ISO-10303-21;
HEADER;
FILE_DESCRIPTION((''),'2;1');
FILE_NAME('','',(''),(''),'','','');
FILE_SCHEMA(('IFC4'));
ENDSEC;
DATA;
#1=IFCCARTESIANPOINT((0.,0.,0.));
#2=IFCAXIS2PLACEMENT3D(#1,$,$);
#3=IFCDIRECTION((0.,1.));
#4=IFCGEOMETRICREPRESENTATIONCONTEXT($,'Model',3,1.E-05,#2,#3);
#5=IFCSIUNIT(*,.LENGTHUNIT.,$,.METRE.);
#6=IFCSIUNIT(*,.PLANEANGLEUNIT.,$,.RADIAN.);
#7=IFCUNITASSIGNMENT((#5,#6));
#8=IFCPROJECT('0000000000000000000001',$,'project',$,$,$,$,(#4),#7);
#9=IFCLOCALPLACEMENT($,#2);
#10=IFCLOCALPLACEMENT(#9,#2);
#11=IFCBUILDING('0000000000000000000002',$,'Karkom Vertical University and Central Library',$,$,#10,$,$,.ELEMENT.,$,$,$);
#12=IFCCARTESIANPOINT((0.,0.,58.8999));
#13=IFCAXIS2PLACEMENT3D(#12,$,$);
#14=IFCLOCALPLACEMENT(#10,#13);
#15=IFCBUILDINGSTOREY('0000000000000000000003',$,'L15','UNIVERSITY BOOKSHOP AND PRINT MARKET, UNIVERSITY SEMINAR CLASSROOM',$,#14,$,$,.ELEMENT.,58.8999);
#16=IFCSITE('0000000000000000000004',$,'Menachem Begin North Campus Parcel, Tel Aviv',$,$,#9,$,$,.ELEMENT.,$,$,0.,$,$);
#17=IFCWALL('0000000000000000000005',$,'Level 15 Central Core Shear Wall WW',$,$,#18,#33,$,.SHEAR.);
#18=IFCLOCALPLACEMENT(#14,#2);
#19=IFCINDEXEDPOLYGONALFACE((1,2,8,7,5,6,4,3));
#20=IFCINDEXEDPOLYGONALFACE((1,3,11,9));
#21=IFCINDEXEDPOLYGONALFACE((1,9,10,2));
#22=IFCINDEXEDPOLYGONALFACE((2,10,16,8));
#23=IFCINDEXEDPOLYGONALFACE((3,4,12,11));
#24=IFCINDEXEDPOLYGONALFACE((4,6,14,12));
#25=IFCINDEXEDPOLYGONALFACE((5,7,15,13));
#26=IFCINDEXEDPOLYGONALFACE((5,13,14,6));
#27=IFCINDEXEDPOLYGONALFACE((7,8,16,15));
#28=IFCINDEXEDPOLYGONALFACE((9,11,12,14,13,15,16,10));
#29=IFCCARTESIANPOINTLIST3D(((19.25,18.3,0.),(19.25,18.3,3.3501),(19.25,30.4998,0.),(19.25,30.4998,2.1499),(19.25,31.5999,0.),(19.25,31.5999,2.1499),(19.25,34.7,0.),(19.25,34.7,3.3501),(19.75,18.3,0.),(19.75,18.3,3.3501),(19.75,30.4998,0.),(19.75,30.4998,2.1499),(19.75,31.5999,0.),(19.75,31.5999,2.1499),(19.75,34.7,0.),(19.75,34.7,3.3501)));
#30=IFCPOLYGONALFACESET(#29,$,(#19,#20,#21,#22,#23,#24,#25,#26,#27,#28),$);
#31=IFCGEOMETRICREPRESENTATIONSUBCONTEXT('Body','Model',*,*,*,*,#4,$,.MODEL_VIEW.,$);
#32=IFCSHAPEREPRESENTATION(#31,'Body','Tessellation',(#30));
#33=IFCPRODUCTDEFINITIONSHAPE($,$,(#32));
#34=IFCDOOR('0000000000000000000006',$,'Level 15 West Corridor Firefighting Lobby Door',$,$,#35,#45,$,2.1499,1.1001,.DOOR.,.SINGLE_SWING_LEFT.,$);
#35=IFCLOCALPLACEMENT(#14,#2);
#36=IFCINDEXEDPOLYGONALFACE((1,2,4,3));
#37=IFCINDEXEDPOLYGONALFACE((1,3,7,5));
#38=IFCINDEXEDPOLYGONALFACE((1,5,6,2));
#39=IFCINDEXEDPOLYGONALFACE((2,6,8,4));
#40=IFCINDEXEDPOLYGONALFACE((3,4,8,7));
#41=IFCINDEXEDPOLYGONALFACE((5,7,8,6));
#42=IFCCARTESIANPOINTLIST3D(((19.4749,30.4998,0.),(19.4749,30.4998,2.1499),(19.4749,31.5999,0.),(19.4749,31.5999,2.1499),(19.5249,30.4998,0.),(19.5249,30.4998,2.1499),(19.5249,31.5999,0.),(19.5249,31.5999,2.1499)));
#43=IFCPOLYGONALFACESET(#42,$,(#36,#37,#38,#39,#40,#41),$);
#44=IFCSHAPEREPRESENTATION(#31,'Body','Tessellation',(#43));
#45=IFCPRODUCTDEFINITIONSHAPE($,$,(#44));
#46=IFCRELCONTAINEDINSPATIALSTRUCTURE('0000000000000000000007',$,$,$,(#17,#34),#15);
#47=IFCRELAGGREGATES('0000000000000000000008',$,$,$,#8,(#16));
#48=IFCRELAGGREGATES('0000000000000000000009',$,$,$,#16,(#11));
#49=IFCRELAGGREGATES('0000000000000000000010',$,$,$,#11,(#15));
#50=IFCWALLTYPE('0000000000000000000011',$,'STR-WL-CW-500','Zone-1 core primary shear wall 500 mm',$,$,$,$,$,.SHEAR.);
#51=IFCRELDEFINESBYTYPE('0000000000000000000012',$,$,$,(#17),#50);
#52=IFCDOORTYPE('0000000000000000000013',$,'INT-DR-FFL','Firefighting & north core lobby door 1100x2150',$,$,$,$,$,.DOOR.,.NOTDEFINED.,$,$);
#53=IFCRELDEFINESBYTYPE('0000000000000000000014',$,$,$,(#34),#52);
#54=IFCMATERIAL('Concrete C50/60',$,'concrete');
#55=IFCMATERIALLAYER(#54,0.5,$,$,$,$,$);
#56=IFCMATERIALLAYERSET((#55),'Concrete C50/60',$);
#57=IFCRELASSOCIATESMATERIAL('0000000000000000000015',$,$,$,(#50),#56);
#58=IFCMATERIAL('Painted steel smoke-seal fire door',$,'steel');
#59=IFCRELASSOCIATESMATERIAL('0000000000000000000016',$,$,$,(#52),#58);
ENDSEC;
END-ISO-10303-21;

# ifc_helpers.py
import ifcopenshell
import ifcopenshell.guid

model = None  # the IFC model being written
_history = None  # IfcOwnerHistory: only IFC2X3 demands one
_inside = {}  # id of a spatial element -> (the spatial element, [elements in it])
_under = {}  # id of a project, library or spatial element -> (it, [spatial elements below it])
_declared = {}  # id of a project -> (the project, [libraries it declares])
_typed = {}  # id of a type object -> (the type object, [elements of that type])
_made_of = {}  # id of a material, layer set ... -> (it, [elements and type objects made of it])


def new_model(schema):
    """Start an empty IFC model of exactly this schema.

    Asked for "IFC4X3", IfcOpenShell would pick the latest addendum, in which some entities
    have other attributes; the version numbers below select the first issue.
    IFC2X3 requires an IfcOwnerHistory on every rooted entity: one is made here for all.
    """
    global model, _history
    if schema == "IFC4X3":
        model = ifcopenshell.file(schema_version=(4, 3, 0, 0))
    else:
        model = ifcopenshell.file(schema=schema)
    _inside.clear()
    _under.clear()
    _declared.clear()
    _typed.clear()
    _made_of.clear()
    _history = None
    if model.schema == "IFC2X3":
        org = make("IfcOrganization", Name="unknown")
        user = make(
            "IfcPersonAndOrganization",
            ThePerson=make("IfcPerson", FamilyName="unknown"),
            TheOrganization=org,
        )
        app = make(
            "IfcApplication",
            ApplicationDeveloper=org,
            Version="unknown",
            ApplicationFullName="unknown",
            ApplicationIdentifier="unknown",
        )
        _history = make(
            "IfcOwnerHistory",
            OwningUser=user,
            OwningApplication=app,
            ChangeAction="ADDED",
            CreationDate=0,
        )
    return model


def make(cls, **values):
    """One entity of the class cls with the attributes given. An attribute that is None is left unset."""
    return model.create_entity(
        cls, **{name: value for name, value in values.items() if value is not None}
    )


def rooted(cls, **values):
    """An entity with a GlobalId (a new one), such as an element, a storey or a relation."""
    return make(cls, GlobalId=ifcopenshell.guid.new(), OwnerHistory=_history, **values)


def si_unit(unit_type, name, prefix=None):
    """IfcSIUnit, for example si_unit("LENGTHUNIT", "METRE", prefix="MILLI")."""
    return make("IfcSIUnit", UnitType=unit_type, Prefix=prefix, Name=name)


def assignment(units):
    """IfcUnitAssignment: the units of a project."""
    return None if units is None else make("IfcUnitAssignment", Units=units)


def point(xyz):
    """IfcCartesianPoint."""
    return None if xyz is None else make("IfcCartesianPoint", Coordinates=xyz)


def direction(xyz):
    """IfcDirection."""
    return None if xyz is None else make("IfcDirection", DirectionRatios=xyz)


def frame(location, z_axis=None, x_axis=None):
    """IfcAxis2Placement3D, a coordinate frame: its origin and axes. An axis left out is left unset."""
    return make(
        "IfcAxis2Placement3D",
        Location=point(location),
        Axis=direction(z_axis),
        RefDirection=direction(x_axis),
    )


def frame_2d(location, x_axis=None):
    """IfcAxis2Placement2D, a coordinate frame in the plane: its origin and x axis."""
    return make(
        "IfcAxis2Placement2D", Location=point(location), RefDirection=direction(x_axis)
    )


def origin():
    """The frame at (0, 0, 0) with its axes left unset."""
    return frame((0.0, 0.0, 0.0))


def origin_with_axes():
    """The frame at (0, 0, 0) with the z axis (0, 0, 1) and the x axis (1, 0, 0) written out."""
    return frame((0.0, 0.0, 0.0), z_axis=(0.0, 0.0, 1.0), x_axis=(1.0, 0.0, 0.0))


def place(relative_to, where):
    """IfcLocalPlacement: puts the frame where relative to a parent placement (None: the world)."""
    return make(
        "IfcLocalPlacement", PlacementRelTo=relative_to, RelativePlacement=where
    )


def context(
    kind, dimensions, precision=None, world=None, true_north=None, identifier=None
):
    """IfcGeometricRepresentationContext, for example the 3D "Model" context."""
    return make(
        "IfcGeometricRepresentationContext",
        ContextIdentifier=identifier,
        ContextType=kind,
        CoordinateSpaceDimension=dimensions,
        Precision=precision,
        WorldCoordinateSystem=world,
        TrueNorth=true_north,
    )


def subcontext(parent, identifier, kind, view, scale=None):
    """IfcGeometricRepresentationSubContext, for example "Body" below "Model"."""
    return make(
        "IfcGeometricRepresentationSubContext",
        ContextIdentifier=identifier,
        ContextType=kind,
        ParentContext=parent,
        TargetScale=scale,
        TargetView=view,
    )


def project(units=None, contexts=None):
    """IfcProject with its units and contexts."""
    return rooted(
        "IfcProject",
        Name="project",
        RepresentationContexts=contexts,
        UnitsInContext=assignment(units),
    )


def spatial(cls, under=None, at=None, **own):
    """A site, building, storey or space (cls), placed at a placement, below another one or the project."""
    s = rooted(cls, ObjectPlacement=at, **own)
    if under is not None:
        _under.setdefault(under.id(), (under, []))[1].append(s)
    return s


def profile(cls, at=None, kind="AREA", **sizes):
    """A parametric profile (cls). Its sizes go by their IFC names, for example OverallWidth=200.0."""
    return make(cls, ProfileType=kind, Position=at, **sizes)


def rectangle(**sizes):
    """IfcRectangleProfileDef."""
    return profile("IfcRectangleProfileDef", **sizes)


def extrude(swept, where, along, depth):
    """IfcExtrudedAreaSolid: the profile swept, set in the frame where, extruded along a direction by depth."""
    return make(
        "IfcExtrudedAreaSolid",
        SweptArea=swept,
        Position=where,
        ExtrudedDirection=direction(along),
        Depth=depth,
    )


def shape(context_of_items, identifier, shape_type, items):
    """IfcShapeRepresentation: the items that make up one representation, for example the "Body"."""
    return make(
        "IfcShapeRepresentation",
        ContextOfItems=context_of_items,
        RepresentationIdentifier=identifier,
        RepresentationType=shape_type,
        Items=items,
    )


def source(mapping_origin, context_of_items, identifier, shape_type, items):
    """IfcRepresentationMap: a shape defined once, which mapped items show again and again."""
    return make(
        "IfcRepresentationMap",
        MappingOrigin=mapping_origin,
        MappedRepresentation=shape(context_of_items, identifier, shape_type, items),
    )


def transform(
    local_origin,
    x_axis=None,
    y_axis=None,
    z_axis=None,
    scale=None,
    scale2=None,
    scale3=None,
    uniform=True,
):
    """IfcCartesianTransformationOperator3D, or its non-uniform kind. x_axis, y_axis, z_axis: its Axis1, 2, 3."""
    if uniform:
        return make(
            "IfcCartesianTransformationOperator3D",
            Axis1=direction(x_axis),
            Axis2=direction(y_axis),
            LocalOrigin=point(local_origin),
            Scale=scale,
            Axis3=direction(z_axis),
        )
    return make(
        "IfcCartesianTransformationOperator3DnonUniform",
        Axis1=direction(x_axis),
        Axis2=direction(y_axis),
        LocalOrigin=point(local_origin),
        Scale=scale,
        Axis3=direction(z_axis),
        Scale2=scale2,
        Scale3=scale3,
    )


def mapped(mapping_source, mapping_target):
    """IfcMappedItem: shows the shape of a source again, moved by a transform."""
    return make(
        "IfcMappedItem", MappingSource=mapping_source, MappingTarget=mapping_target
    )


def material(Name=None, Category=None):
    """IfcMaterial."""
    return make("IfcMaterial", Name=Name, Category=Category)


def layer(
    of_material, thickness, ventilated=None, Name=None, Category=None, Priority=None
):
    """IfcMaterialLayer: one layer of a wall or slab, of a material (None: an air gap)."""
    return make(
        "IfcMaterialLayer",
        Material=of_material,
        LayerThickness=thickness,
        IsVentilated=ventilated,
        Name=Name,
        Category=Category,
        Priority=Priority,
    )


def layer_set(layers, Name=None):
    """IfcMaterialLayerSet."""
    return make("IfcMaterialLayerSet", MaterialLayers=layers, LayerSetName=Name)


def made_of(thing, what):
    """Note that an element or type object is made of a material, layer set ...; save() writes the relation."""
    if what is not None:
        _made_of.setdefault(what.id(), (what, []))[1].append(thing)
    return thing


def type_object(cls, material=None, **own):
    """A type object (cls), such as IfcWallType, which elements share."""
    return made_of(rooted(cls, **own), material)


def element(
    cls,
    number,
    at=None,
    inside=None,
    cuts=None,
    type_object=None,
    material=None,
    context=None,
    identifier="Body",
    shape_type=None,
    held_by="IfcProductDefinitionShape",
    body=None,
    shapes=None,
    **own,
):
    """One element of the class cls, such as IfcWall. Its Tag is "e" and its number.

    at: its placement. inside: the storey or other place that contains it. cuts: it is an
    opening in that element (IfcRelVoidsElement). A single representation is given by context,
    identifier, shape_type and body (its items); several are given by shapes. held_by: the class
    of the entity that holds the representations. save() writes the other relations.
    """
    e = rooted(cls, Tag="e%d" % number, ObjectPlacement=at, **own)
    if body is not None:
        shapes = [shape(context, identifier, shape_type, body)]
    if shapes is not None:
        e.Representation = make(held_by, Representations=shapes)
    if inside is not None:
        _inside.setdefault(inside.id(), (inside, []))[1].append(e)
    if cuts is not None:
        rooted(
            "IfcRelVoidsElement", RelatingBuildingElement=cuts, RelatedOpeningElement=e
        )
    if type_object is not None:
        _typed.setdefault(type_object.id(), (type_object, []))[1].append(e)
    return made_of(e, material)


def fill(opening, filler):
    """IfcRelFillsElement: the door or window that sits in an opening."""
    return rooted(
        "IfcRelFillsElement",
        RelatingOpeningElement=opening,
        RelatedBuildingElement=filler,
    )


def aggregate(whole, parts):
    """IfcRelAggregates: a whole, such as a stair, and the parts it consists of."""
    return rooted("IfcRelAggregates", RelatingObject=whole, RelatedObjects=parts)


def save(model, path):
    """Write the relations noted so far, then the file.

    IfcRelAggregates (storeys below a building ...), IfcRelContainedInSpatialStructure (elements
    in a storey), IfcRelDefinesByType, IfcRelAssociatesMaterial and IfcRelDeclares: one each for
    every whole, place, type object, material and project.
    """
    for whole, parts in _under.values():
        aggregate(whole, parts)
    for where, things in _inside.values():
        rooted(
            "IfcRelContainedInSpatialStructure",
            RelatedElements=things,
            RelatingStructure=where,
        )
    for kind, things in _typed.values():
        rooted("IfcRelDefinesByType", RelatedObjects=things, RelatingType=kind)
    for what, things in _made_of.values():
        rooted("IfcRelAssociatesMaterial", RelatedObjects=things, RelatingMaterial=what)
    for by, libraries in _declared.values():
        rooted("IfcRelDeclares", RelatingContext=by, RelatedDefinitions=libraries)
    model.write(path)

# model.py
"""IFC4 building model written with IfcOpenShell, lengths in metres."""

from ifc_helpers import new_model, si_unit, direction, frame, frame_2d, origin, origin_with_axes, place, context, subcontext, project, spatial, rectangle, extrude, source, transform, mapped, material, layer, layer_set, type_object, element, fill, save


model = new_model("IFC4")

# Units and contexts
model_context = context("Model", 3, precision=1e-05, world=origin(), true_north=direction((0.0, 1.0)))
body_context = subcontext(model_context, "Body", "Model", "MODEL_VIEW")
ifc_project = project(units=[si_unit("LENGTHUNIT", "METRE"), si_unit("PLANEANGLEUNIT", "RADIAN")], contexts=[model_context])

# Site, building, storey
site_placement = place(None, origin())
site = spatial("IfcSite", under=ifc_project, at=site_placement, Name="Menachem Begin North Campus Parcel, Tel Aviv", CompositionType="ELEMENT", RefElevation=0.0)
building_placement = place(site_placement, origin())
building = spatial("IfcBuilding", under=site, at=building_placement, Name="Karkom Vertical University and Central Library", CompositionType="ELEMENT")
storey_placement = place(building_placement, frame((0.0, 0.0, 58.8999)))
storey = spatial("IfcBuildingStorey", under=building, at=storey_placement, Name="L15", Description="UNIVERSITY BOOKSHOP AND PRINT MARKET, UNIVERSITY SEMINAR CLASSROOM", CompositionType="ELEMENT", Elevation=58.8999)

# Shared definitions
ifc_material_1 = material(Name="Concrete C50/60", Category="concrete")

# Wall, opening, door
ifc_layer_1 = layer(ifc_material_1, 0.5)
ifc_layer_set_1 = layer_set([ifc_layer_1], Name="Concrete C50/60")
wall_type_1 = type_object("IfcWallType", Name="STR-WL-CW-500", Description="Zone-1 core primary shear wall 500 mm", PredefinedType="SHEAR", material=ifc_layer_set_1)
ifc_material_2 = material(Name="Painted steel smoke-seal fire door", Category="steel")
door_type = type_object("IfcDoorType", Name="INT-DR-FFL", Description="Firefighting & north core lobby door 1100x2150", OperationType="NOTDEFINED", PredefinedType="DOOR", material=ifc_material_2)
shared_shape_1 = source(origin_with_axes(), body_context, "Body", "SweptSolid", [
    extrude(rectangle(XDim=1.1001, YDim=2.1499, at=frame_2d((0.55, 1.075))), frame((0.0, 0.0249, 0.0), z_axis=(0.0, -1.0, 0.0), x_axis=(1.0, 0.0, 0.0)), (0.0, 0.0, 1.0), 0.05),
])
wall_1_placement = place(storey_placement, frame((19.5, 34.7, 0.0), z_axis=(0.0, 0.0, 1.0), x_axis=(0.0, -1.0, 0.0)))
wall_1 = element("IfcWall", 1, at=wall_1_placement, inside=storey, type_object=wall_type_1, Name="Level 15 Central Core Shear Wall WW", PredefinedType="SHEAR", context=body_context, shape_type="SweptSolid", body=[
    extrude(rectangle(XDim=16.3999, YDim=0.5, at=frame_2d((8.2, 0.0))), origin(), (0.0, 0.0, 1.0), 3.3501),
])
opening_1_placement = place(wall_1_placement, frame((3.1001, 0.0, 0.0)))
opening_1 = element("IfcOpeningElement", 2, at=opening_1_placement, cuts=wall_1, PredefinedType="OPENING", context=body_context, shape_type="SweptSolid", body=[
    extrude(rectangle(XDim=1.1001, YDim=2.1499, at=frame_2d((0.55, 1.075))), frame((0.0, 0.26, 0.0), z_axis=(0.0, -1.0, 0.0), x_axis=(1.0, 0.0, 0.0)), (0.0, 0.0, 1.0), 0.52),
])
door_1_placement = place(opening_1_placement, origin())
door_1 = element("IfcDoor", 3, at=door_1_placement, inside=storey, type_object=door_type, Name="Level 15 West Corridor Firefighting Lobby Door", OperationType="SINGLE_SWING_LEFT", OverallHeight=2.1499, OverallWidth=1.1001, PredefinedType="DOOR", context=body_context, shape_type="MappedRepresentation", body=[
    mapped(shared_shape_1, transform((0.0, 0.0, 0.0), scale=1.0)),
])
fill(opening_1, door_1)

save(model, "model.ifc")
